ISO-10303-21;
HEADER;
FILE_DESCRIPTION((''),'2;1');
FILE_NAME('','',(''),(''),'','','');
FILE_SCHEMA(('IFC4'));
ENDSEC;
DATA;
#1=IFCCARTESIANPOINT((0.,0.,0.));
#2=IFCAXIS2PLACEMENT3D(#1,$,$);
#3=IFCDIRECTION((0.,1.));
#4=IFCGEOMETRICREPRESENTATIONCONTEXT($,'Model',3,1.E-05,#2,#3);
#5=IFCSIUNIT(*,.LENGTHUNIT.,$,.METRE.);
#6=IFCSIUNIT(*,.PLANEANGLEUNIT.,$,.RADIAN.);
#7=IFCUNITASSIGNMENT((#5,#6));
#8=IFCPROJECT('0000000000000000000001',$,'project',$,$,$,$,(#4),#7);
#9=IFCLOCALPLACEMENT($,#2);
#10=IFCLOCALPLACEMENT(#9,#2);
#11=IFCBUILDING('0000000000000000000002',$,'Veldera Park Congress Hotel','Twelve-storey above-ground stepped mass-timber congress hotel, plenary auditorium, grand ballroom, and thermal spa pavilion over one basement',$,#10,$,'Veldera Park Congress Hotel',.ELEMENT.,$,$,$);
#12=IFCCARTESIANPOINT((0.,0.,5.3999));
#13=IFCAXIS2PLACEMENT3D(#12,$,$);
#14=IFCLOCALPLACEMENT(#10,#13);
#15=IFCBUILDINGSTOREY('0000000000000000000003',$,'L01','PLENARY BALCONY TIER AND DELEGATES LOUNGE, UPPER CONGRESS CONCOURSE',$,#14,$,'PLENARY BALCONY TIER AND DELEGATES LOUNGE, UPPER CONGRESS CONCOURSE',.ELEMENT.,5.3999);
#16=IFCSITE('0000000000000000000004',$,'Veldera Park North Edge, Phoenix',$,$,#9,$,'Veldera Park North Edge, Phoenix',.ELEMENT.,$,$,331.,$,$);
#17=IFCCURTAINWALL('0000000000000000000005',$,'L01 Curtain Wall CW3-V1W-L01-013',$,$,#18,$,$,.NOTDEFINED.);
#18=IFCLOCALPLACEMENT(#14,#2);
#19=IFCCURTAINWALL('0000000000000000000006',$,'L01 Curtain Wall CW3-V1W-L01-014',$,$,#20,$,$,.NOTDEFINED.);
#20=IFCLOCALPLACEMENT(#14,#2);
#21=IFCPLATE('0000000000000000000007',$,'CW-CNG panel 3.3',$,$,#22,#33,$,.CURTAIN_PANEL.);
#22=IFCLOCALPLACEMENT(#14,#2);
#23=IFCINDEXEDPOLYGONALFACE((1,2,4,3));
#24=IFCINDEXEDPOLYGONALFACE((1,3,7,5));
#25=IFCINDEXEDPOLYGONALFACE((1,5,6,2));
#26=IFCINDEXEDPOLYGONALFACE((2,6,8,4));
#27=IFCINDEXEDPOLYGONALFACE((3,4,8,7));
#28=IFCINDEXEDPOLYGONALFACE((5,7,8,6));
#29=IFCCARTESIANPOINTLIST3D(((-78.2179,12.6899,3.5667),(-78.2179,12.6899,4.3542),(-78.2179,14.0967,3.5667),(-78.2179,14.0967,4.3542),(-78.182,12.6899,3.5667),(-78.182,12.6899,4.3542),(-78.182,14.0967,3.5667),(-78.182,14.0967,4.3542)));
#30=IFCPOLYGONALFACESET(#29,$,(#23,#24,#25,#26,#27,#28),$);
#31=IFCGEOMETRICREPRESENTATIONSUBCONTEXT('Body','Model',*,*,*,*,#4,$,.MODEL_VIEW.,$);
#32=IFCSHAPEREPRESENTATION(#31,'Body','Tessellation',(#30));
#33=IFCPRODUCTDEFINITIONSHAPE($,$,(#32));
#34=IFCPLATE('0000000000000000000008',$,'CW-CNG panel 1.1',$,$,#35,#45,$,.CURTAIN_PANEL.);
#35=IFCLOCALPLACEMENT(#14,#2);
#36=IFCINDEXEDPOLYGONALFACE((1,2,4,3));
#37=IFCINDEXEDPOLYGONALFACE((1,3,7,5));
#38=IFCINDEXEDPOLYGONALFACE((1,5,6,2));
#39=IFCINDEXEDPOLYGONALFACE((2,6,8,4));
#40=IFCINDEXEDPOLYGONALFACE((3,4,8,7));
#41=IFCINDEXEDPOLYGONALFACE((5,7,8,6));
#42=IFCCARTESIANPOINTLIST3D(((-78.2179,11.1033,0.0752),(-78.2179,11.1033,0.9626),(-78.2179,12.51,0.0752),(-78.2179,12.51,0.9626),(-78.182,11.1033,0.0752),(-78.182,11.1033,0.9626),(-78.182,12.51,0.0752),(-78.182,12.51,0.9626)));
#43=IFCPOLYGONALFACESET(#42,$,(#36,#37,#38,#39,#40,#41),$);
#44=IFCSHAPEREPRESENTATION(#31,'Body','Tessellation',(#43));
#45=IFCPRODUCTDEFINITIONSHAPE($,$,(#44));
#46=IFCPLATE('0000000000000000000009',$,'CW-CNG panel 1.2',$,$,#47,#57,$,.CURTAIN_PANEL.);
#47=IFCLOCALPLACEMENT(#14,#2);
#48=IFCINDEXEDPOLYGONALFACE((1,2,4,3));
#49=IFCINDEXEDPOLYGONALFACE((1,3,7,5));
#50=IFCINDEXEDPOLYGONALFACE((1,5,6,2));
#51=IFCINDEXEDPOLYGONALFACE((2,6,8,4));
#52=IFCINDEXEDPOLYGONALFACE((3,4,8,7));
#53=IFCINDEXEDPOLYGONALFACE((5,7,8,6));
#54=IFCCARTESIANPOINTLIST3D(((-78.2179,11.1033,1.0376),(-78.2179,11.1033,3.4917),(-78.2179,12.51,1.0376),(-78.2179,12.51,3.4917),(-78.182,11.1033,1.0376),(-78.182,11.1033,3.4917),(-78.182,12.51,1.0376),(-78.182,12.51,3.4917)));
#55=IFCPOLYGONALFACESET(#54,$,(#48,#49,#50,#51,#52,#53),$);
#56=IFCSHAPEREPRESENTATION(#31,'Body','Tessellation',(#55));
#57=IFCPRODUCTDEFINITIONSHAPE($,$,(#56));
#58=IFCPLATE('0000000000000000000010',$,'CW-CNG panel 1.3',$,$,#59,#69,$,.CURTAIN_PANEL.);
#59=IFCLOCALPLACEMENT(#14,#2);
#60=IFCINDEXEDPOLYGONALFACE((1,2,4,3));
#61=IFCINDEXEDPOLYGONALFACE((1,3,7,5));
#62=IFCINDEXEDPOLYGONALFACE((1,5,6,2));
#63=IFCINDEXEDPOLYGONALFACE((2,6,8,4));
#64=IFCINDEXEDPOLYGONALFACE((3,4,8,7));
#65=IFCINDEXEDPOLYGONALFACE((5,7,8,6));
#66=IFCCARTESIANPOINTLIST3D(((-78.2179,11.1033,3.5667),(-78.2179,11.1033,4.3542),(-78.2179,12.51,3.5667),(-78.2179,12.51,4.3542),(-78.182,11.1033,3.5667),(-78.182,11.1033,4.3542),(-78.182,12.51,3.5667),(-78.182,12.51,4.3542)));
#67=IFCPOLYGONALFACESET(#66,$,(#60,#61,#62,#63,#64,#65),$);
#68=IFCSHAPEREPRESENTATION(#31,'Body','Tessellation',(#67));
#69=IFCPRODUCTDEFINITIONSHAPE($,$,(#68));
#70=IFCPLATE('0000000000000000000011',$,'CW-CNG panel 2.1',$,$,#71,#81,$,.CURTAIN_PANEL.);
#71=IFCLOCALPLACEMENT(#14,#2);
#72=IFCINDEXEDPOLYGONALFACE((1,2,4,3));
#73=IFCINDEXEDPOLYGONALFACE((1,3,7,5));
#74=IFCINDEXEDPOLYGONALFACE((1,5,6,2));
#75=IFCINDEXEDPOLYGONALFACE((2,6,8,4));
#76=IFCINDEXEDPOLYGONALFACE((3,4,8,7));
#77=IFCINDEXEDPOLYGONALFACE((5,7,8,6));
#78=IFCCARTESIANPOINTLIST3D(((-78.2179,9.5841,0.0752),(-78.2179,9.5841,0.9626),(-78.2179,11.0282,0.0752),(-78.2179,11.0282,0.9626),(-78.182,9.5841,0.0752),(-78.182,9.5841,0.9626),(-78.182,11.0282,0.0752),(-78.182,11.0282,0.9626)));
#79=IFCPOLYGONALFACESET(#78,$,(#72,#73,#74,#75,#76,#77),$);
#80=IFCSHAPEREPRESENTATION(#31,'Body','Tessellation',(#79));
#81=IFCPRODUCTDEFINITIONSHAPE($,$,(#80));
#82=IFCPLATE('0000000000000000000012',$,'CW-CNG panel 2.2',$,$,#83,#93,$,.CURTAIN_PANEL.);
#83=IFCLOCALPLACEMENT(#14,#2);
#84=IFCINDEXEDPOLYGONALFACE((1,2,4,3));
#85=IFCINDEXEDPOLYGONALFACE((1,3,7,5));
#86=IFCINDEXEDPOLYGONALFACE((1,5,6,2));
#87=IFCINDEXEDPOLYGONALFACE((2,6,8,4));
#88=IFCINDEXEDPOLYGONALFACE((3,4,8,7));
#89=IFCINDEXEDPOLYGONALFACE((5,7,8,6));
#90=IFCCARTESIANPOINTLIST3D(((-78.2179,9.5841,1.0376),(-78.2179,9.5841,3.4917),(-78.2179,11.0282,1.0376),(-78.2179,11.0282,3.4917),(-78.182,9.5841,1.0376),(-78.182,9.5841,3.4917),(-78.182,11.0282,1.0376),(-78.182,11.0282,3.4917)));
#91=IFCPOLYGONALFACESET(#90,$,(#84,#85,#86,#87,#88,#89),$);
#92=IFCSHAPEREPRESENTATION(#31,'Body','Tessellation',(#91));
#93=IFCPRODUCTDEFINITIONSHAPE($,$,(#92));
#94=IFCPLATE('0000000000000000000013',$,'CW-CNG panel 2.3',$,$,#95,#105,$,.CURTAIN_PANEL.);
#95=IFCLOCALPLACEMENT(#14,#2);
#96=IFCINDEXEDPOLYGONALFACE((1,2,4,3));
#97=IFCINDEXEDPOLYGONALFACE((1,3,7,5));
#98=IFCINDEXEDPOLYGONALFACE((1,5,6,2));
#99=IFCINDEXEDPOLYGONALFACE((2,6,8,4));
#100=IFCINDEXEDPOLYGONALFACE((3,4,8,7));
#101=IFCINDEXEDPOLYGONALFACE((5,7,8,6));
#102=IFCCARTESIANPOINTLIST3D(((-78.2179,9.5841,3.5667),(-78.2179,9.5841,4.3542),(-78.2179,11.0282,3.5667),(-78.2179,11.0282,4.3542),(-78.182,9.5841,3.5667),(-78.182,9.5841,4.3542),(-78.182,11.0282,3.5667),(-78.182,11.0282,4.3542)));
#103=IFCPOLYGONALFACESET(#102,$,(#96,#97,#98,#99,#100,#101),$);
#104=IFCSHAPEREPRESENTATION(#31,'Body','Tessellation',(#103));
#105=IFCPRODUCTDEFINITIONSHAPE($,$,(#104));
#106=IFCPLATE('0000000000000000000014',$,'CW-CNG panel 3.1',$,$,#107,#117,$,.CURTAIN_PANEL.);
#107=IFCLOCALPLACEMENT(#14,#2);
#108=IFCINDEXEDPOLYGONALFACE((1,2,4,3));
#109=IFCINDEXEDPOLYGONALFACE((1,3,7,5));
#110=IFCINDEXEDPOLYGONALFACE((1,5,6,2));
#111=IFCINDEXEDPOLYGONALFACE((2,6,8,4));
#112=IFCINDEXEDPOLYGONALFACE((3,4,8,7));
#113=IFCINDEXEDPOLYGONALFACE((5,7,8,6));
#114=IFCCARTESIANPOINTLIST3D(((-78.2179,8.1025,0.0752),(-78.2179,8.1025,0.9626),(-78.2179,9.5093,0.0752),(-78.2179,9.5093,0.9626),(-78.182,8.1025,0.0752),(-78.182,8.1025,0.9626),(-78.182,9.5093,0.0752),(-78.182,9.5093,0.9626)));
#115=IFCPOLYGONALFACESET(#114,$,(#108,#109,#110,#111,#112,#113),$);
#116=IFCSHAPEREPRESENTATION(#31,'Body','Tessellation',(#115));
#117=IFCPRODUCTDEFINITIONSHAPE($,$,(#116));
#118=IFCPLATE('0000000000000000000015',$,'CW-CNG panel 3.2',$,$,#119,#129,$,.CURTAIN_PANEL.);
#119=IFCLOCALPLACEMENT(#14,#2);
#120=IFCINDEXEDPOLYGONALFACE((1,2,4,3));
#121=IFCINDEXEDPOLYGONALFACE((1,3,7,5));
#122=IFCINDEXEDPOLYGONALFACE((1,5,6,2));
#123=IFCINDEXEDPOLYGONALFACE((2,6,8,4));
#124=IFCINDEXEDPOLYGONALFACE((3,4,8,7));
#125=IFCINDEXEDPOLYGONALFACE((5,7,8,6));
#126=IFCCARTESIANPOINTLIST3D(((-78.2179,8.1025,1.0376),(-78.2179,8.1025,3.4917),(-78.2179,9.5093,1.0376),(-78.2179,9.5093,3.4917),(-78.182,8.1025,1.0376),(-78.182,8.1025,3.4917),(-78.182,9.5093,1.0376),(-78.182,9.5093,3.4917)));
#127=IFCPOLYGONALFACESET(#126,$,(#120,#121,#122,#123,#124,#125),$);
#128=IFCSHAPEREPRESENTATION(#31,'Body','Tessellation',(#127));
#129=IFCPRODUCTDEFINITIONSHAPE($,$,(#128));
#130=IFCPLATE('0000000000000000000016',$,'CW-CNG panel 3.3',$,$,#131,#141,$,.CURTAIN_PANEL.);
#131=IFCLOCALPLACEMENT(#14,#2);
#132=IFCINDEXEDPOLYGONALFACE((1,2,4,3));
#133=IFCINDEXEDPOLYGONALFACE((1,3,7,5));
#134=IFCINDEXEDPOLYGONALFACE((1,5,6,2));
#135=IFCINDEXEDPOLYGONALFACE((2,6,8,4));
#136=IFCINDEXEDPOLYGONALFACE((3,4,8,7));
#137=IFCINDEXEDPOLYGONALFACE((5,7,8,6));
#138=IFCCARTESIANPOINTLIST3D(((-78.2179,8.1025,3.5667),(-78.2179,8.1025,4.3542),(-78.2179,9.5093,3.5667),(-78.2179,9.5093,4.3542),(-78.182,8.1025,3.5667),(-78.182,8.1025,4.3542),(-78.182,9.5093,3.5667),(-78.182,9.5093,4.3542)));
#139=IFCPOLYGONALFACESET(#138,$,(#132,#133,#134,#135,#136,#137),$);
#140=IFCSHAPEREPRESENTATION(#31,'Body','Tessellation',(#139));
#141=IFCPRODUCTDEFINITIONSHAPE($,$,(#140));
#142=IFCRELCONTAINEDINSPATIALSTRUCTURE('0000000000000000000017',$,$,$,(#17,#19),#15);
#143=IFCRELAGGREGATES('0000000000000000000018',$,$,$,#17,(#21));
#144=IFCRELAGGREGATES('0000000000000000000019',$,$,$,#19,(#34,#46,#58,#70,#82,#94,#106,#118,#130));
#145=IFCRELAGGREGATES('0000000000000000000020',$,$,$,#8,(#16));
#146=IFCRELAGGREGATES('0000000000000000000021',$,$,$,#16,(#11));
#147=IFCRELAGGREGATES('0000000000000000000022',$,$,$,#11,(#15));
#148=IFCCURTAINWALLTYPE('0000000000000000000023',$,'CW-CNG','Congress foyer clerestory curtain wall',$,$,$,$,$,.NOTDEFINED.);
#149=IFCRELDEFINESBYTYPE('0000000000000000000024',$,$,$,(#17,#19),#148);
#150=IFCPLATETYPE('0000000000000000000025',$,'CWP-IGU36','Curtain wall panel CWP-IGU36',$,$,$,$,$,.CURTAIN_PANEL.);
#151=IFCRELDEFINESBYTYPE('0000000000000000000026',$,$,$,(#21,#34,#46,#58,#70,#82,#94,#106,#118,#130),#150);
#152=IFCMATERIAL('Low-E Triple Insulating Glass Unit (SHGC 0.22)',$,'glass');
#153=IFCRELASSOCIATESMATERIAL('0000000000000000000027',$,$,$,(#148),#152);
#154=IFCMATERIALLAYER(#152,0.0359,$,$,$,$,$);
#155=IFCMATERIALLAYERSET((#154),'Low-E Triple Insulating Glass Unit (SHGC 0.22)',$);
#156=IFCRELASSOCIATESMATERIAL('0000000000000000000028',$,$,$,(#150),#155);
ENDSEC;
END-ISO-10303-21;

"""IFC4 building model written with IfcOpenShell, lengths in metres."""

from ifc_helpers import new_model, si_unit, direction, frame, origin, origin_2d, place, context, subcontext, project, spatial, rectangle, extrude, material, layer, layer_set, type_object, element, aggregate, save


model = new_model("IFC4")

# Units and contexts
model_context = context("Model", 3, precision=1e-05, world=origin(), true_north=direction((0.0, 1.0)))
body_context = subcontext(model_context, "Body", "Model", "MODEL_VIEW")
ifc_project = project(units=[si_unit("LENGTHUNIT", "METRE"), si_unit("PLANEANGLEUNIT", "RADIAN")], contexts=[model_context])

# Site, building, storey
site_placement = place(None, origin())
site = spatial("IfcSite", under=ifc_project, at=site_placement, Name="Veldera Park North Edge, Phoenix", LongName="Veldera Park North Edge, Phoenix", CompositionType="ELEMENT", RefElevation=331.0)
building_placement = place(site_placement, origin())
building = spatial("IfcBuilding", under=site, at=building_placement, Name="Veldera Park Congress Hotel", Description="Twelve-storey above-ground stepped mass-timber congress hotel, plenary auditorium, grand ballroom, and thermal spa pavilion over one basement", LongName="Veldera Park Congress Hotel", CompositionType="ELEMENT")
storey_placement = place(building_placement, frame((0.0, 0.0, 5.3999)))
storey = spatial("IfcBuildingStorey", under=building, at=storey_placement, Name="L01", Description="PLENARY BALCONY TIER AND DELEGATES LOUNGE, UPPER CONGRESS CONCOURSE", LongName="PLENARY BALCONY TIER AND DELEGATES LOUNGE, UPPER CONGRESS CONCOURSE", CompositionType="ELEMENT", Elevation=5.3999)

# Curtain walls
ifc_material_1 = material(Name="Low-E Triple Insulating Glass Unit (SHGC 0.22)", Category="glass")
curtain_wall_type = type_object("IfcCurtainWallType", Name="CW-CNG", Description="Congress foyer clerestory curtain wall", PredefinedType="NOTDEFINED", material=ifc_material_1)
curtain_wall_1_placement = place(storey_placement, origin())
curtain_wall_1 = element("IfcCurtainWall", 1, at=curtain_wall_1_placement, inside=storey, type_object=curtain_wall_type, Name="L01 Curtain Wall CW3-V1W-L01-013", PredefinedType="NOTDEFINED")
curtain_wall_2_placement = place(storey_placement, origin())
curtain_wall_2 = element("IfcCurtainWall", 2, at=curtain_wall_2_placement, inside=storey, type_object=curtain_wall_type, Name="L01 Curtain Wall CW3-V1W-L01-014", PredefinedType="NOTDEFINED")

# Plates
ifc_layer = layer(ifc_material_1, 0.0359)
ifc_layer_set = layer_set([ifc_layer], Name="Low-E Triple Insulating Glass Unit (SHGC 0.22)")
plate_type = type_object("IfcPlateType", Name="CWP-IGU36", Description="Curtain wall panel CWP-IGU36", PredefinedType="CURTAIN_PANEL", material=ifc_layer_set)
plate_1_placement = place(storey_placement, frame((-78.2, 13.3933, 3.5667), z_axis=(0.0, 0.0, 1.0), x_axis=(0.0, -1.0, 0.0)))
plate_1 = element("IfcPlate", 3, at=plate_1_placement, type_object=plate_type, Name="CW-CNG panel 3.3", PredefinedType="CURTAIN_PANEL", context=body_context, shape_type="SweptSolid", body=[
    extrude(rectangle(XDim=1.4067, YDim=0.0359, at=origin_2d()), origin(), (0.0, 0.0, 1.0), 0.7876),
])
aggregate(curtain_wall_1, [plate_1])
plate_2_placement = place(storey_placement, frame((-78.2, 11.8066, 0.0752), z_axis=(0.0, 0.0, 1.0), x_axis=(0.0, -1.0, 0.0)))
plate_2 = element("IfcPlate", 4, at=plate_2_placement, type_object=plate_type, Name="CW-CNG panel 1.1", PredefinedType="CURTAIN_PANEL", context=body_context, shape_type="SweptSolid", body=[
    extrude(rectangle(XDim=1.4067, YDim=0.0359, at=origin_2d()), origin(), (0.0, 0.0, 1.0), 0.8875),
])
plate_3_placement = place(storey_placement, frame((-78.2, 11.8066, 1.0376), z_axis=(0.0, 0.0, 1.0), x_axis=(0.0, -1.0, 0.0)))
plate_3 = element("IfcPlate", 5, at=plate_3_placement, type_object=plate_type, Name="CW-CNG panel 1.2", PredefinedType="CURTAIN_PANEL", context=body_context, shape_type="SweptSolid", body=[
    extrude(rectangle(XDim=1.4067, YDim=0.0359, at=origin_2d()), origin(), (0.0, 0.0, 1.0), 2.4541),
])
plate_4_placement = place(storey_placement, frame((-78.2, 11.8066, 3.5667), z_axis=(0.0, 0.0, 1.0), x_axis=(0.0, -1.0, 0.0)))
plate_4 = element("IfcPlate", 6, at=plate_4_placement, type_object=plate_type, Name="CW-CNG panel 1.3", PredefinedType="CURTAIN_PANEL", context=body_context, shape_type="SweptSolid", body=[
    extrude(rectangle(XDim=1.4067, YDim=0.0359, at=origin_2d()), origin(), (0.0, 0.0, 1.0), 0.7876),
])
plate_5_placement = place(storey_placement, frame((-78.2, 10.3062, 0.0752), z_axis=(0.0, 0.0, 1.0), x_axis=(0.0, -1.0, 0.0)))
plate_5 = element("IfcPlate", 7, at=plate_5_placement, type_object=plate_type, Name="CW-CNG panel 2.1", PredefinedType="CURTAIN_PANEL", context=body_context, shape_type="SweptSolid", body=[
    extrude(rectangle(XDim=1.4441, YDim=0.0359, at=origin_2d()), origin(), (0.0, 0.0, 1.0), 0.8875),
])
plate_6_placement = place(storey_placement, frame((-78.2, 10.3062, 1.0376), z_axis=(0.0, 0.0, 1.0), x_axis=(0.0, -1.0, 0.0)))
plate_6 = element("IfcPlate", 8, at=plate_6_placement, type_object=plate_type, Name="CW-CNG panel 2.2", PredefinedType="CURTAIN_PANEL", context=body_context, shape_type="SweptSolid", body=[
    extrude(rectangle(XDim=1.4441, YDim=0.0359, at=origin_2d()), origin(), (0.0, 0.0, 1.0), 2.4541),
])
plate_7_placement = place(storey_placement, frame((-78.2, 10.3062, 3.5667), z_axis=(0.0, 0.0, 1.0), x_axis=(0.0, -1.0, 0.0)))
plate_7 = element("IfcPlate", 9, at=plate_7_placement, type_object=plate_type, Name="CW-CNG panel 2.3", PredefinedType="CURTAIN_PANEL", context=body_context, shape_type="SweptSolid", body=[
    extrude(rectangle(XDim=1.4441, YDim=0.0359, at=origin_2d()), origin(), (0.0, 0.0, 1.0), 0.7876),
])
plate_8_placement = place(storey_placement, frame((-78.2, 8.8059, 0.0752), z_axis=(0.0, 0.0, 1.0), x_axis=(0.0, -1.0, 0.0)))
plate_8 = element("IfcPlate", 10, at=plate_8_placement, type_object=plate_type, Name="CW-CNG panel 3.1", PredefinedType="CURTAIN_PANEL", context=body_context, shape_type="SweptSolid", body=[
    extrude(rectangle(XDim=1.4067, YDim=0.0359, at=origin_2d()), origin(), (0.0, 0.0, 1.0), 0.8875),
])
plate_9_placement = place(storey_placement, frame((-78.2, 8.8059, 1.0376), z_axis=(0.0, 0.0, 1.0), x_axis=(0.0, -1.0, 0.0)))
plate_9 = element("IfcPlate", 11, at=plate_9_placement, type_object=plate_type, Name="CW-CNG panel 3.2", PredefinedType="CURTAIN_PANEL", context=body_context, shape_type="SweptSolid", body=[
    extrude(rectangle(XDim=1.4067, YDim=0.0359, at=origin_2d()), origin(), (0.0, 0.0, 1.0), 2.4541),
])
plate_10_placement = place(storey_placement, frame((-78.2, 8.8059, 3.5667), z_axis=(0.0, 0.0, 1.0), x_axis=(0.0, -1.0, 0.0)))
plate_10 = element("IfcPlate", 12, at=plate_10_placement, type_object=plate_type, Name="CW-CNG panel 3.3", PredefinedType="CURTAIN_PANEL", context=body_context, shape_type="SweptSolid", body=[
    extrude(rectangle(XDim=1.4067, YDim=0.0359, at=origin_2d()), origin(), (0.0, 0.0, 1.0), 0.7876),
])
aggregate(curtain_wall_2, [plate_2, plate_3, plate_4, plate_5, plate_6, plate_7, plate_8, plate_9, plate_10])

save(model, "model.ifc")
